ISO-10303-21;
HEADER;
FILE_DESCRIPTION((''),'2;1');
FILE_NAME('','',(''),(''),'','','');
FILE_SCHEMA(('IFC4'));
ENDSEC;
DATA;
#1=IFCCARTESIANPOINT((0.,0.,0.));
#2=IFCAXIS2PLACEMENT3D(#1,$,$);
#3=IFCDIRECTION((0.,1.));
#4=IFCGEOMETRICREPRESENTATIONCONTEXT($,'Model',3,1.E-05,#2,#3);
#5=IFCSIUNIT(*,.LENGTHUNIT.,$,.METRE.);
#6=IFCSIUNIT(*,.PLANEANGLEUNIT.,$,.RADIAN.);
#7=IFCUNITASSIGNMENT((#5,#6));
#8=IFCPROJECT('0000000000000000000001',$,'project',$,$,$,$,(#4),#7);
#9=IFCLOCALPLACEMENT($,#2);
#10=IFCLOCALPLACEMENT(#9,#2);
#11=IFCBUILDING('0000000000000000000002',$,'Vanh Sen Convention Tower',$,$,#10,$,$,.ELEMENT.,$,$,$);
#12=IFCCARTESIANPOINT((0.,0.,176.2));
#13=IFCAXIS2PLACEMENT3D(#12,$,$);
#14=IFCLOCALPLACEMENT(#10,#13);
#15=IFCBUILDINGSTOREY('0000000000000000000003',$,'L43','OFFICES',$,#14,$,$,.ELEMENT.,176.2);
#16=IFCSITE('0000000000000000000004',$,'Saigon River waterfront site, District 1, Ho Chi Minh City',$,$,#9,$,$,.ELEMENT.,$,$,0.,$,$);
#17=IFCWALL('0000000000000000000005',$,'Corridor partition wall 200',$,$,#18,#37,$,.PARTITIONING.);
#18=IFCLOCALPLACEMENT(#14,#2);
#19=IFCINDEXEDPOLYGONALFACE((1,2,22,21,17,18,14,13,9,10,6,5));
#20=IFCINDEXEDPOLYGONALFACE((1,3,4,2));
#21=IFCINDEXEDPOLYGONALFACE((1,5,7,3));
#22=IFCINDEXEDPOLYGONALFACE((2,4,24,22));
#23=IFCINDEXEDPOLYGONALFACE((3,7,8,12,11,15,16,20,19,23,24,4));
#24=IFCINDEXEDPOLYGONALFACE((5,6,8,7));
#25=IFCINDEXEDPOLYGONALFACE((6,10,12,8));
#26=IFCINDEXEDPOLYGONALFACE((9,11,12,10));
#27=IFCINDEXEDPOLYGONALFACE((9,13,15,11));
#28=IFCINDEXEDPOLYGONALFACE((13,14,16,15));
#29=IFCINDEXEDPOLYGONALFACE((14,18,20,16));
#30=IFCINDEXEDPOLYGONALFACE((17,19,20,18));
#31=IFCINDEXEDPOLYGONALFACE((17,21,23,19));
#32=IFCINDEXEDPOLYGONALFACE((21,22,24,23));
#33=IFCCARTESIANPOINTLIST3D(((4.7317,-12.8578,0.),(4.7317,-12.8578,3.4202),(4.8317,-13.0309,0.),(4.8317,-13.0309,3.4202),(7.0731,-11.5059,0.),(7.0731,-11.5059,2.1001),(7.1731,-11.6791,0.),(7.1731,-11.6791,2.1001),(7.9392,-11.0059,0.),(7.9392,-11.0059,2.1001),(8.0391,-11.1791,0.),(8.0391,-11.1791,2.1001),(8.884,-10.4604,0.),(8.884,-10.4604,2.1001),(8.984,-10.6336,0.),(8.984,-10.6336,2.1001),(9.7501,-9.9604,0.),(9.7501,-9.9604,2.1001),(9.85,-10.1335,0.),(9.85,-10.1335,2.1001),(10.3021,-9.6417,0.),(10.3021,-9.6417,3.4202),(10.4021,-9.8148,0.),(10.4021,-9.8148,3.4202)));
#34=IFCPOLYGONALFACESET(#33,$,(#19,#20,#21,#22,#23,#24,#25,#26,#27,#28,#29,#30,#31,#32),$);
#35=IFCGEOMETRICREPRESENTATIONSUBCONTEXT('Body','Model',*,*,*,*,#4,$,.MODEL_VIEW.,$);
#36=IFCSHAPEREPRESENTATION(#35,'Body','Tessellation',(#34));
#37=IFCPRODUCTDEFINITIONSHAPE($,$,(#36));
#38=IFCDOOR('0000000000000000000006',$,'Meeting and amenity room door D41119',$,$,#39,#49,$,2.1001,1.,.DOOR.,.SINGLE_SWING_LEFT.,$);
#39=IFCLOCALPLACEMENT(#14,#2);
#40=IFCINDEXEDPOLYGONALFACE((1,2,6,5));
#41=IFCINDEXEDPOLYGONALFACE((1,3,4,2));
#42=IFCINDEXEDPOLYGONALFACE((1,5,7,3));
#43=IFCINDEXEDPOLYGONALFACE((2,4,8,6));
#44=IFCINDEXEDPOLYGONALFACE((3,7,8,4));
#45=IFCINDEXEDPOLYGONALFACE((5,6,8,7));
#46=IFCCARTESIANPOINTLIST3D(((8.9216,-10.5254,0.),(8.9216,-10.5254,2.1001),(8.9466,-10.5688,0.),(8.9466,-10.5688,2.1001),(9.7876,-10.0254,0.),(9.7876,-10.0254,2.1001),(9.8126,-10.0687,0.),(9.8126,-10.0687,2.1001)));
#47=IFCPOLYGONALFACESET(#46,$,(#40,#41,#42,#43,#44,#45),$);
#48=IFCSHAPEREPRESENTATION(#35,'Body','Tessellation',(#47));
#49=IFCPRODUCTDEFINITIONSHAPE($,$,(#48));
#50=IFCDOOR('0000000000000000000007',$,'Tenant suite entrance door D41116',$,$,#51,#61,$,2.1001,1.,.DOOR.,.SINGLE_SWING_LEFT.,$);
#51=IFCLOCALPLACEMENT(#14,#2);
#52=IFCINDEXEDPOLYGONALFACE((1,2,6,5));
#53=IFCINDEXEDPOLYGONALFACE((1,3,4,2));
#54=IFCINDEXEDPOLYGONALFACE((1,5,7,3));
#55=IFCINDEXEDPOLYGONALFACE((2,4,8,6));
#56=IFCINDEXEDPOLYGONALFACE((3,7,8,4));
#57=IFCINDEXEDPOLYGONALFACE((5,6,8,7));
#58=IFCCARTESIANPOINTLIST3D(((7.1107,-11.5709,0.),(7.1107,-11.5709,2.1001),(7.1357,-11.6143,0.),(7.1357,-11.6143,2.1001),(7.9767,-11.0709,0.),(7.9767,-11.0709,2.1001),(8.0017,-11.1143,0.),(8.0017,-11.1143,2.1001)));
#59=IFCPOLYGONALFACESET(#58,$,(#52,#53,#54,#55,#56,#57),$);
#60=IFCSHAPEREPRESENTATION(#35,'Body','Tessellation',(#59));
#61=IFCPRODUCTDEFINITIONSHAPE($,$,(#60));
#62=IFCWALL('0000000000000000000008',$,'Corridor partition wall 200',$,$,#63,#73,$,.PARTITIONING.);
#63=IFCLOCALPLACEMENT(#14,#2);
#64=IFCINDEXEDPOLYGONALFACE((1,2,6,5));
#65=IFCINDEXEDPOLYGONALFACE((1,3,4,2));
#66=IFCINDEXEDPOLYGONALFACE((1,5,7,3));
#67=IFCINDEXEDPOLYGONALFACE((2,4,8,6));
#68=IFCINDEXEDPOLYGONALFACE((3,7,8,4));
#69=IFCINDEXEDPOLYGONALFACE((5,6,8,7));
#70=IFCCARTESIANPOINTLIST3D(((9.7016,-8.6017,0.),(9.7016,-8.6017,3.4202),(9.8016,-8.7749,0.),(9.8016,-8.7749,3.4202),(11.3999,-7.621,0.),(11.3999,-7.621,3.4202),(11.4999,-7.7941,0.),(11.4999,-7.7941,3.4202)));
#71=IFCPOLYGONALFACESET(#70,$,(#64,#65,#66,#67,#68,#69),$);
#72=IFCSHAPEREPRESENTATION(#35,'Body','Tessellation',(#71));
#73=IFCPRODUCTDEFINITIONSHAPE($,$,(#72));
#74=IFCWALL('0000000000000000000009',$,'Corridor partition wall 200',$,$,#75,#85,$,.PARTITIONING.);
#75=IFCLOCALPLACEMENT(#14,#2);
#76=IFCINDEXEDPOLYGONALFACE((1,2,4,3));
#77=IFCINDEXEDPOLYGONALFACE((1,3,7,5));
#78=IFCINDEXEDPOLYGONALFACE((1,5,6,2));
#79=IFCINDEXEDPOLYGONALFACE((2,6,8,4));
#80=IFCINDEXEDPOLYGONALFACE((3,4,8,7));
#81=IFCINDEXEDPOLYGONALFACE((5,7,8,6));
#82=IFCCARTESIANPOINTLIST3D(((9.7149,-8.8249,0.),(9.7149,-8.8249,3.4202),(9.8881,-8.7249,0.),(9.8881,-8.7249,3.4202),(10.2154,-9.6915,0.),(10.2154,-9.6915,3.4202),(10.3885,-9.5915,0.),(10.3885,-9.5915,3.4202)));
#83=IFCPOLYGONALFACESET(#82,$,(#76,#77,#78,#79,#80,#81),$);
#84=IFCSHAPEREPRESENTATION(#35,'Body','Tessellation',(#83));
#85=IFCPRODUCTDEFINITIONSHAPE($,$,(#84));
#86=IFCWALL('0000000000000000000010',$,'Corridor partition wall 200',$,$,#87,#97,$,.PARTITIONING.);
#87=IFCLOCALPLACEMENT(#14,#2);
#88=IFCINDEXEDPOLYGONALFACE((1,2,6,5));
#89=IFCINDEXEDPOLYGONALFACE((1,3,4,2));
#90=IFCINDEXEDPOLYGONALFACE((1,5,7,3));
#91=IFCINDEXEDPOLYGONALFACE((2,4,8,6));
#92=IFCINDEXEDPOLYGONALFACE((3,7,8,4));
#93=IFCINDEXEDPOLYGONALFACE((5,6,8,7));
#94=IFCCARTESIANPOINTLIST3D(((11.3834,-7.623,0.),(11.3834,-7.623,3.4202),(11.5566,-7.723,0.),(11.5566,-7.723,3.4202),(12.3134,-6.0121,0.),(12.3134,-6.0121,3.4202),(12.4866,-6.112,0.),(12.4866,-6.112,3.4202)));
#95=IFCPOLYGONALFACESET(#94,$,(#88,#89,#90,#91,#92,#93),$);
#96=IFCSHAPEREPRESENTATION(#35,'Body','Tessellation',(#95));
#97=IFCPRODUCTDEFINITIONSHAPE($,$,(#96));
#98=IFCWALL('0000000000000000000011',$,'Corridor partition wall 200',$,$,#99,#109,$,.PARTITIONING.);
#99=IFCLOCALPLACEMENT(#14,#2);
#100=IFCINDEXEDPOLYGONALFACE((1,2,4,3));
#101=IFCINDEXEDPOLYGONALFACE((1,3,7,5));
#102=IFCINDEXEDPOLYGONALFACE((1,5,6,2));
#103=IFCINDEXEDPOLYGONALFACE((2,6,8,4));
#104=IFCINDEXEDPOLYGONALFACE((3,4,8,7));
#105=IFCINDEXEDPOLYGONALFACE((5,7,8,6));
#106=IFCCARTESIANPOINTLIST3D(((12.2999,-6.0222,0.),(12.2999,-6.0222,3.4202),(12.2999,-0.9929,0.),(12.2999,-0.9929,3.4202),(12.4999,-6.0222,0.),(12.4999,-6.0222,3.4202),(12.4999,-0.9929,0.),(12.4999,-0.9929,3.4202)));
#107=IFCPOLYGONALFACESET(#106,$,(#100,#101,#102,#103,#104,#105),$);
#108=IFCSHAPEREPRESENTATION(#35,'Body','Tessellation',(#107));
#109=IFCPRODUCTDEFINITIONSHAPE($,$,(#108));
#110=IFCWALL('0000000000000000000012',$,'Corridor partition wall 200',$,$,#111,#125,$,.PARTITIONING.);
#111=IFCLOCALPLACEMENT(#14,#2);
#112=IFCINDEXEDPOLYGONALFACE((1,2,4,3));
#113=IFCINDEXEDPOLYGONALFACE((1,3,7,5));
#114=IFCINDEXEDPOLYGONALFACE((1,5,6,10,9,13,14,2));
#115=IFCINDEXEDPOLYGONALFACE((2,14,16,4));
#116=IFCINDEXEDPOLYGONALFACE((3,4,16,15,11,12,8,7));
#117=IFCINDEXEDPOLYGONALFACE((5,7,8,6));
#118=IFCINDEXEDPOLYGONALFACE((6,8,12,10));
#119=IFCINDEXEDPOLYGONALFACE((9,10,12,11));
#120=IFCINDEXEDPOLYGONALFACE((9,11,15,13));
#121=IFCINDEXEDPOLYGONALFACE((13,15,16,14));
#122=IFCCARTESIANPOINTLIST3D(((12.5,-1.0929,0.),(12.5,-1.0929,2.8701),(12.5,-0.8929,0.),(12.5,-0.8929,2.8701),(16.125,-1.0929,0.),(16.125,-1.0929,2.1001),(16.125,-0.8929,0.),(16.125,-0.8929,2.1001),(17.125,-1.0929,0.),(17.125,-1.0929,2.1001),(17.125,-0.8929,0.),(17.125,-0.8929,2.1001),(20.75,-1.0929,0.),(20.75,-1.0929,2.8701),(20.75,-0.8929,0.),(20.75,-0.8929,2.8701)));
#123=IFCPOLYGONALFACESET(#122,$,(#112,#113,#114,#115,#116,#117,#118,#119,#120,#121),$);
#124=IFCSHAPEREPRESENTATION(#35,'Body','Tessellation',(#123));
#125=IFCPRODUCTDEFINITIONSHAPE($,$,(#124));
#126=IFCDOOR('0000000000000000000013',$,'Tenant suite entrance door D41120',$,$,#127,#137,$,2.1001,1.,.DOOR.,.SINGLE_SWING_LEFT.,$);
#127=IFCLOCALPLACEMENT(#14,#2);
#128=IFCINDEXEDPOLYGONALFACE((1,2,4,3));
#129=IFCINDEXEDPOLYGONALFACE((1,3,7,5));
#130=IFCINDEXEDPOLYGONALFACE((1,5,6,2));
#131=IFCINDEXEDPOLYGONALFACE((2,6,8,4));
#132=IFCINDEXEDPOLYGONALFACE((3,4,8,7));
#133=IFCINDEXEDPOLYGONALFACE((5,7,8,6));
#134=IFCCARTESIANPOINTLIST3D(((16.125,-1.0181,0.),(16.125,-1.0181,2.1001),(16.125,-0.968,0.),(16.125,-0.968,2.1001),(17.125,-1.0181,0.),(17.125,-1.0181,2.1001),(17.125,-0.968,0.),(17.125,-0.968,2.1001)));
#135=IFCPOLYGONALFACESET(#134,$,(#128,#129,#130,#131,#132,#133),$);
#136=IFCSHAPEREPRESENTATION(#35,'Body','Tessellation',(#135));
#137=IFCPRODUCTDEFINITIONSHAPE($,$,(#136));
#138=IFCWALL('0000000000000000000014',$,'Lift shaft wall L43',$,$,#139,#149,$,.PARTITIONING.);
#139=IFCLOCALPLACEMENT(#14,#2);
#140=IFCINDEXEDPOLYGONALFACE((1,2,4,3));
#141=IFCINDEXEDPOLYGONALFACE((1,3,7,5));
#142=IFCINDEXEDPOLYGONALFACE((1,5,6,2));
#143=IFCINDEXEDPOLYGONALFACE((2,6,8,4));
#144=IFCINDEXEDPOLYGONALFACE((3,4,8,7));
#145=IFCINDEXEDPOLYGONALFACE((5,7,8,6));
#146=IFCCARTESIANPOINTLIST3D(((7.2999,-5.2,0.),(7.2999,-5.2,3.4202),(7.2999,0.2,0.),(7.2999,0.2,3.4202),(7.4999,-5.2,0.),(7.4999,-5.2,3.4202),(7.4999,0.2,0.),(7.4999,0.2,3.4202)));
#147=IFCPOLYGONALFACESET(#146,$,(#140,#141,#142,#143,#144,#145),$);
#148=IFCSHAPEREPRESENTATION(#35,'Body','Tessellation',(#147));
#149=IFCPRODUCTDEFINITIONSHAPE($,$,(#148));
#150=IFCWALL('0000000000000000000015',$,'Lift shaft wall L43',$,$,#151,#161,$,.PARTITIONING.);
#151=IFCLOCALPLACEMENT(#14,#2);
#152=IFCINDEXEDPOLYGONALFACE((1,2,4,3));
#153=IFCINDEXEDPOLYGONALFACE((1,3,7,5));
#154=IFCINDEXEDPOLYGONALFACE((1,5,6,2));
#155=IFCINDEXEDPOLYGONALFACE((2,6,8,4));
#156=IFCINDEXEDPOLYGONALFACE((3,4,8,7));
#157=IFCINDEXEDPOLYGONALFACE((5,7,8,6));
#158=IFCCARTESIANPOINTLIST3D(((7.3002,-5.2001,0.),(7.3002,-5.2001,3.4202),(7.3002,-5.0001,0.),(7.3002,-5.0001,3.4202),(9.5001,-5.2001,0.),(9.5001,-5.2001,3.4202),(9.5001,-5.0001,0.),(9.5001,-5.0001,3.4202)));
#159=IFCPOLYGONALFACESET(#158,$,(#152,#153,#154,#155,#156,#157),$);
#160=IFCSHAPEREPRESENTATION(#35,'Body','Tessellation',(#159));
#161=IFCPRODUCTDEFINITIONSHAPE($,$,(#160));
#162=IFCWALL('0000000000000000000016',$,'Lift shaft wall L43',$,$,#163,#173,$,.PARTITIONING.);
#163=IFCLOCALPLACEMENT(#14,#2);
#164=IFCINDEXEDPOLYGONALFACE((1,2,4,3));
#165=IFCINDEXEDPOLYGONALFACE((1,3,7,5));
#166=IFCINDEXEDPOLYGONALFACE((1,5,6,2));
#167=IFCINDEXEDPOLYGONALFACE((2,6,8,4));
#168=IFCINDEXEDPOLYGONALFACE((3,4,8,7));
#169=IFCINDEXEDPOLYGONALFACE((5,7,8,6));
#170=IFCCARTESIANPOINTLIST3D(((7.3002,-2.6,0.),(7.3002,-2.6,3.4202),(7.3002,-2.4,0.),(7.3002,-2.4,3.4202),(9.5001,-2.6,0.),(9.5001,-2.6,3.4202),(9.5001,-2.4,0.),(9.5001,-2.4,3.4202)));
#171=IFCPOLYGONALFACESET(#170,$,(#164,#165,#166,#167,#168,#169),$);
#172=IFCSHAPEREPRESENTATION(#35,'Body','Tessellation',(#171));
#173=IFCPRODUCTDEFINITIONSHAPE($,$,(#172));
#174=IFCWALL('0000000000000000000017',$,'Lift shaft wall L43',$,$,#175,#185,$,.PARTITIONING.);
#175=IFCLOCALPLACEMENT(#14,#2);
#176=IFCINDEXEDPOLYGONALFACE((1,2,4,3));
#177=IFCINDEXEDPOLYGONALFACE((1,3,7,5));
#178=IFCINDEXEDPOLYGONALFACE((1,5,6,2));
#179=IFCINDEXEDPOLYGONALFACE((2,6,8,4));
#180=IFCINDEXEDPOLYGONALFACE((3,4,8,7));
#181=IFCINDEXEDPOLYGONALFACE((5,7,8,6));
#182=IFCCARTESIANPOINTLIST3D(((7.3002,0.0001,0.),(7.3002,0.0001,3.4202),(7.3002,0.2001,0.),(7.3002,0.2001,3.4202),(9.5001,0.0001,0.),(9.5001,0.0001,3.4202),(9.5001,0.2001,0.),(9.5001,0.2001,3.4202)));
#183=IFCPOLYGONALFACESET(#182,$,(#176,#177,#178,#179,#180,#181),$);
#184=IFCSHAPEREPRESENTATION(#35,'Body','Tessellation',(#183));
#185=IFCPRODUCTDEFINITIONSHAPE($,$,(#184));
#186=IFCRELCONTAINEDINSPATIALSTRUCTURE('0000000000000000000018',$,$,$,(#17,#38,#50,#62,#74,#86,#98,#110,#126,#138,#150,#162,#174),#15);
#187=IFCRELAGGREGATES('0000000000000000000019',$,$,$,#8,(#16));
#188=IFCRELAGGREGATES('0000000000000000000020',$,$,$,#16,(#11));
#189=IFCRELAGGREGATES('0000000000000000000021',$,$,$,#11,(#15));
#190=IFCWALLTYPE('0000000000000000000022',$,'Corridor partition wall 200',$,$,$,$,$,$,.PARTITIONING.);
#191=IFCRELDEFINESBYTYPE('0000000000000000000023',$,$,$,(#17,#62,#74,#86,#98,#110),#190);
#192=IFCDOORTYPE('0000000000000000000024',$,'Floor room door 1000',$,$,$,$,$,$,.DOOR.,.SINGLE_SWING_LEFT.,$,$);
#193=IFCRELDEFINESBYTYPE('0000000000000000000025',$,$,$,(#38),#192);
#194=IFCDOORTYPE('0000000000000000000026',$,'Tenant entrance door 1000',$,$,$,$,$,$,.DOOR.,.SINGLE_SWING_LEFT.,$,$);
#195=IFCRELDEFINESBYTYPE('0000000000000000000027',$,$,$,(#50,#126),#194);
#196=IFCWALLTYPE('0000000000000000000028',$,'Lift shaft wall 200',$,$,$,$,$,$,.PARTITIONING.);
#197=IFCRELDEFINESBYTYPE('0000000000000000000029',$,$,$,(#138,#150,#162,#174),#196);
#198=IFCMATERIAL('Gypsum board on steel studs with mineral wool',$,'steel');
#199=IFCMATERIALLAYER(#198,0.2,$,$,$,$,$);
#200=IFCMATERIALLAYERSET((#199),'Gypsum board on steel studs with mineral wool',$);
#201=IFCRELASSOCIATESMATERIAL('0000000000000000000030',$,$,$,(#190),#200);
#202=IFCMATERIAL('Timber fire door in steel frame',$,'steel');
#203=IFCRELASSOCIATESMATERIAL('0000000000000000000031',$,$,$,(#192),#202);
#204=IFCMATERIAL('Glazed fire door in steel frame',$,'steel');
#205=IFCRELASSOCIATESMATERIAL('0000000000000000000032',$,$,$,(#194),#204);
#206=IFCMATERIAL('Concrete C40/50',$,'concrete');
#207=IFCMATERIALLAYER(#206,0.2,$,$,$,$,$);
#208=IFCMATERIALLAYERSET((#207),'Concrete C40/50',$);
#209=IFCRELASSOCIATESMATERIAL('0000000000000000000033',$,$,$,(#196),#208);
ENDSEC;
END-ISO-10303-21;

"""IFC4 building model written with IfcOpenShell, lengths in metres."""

from ifc_helpers import new_model, si_unit, direction, frame, frame_2d, origin, place, context, subcontext, project, spatial, rectangle, extrude, material, layer, layer_set, type_object, element, fill, save


model = new_model("IFC4")

# Units and contexts
model_context = context("Model", 3, precision=1e-05, world=origin(), true_north=direction((0.0, 1.0)))
body_context = subcontext(model_context, "Body", "Model", "MODEL_VIEW")
ifc_project = project(units=[si_unit("LENGTHUNIT", "METRE"), si_unit("PLANEANGLEUNIT", "RADIAN")], contexts=[model_context])

# Site, building, storey
site_placement = place(None, origin())
site = spatial("IfcSite", under=ifc_project, at=site_placement, Name="Saigon River waterfront site, District 1, Ho Chi Minh City", CompositionType="ELEMENT", RefElevation=0.0)
building_placement = place(site_placement, origin())
building = spatial("IfcBuilding", under=site, at=building_placement, Name="Vanh Sen Convention Tower", CompositionType="ELEMENT")
storey_placement = place(building_placement, frame((0.0, 0.0, 176.2)))
storey = spatial("IfcBuildingStorey", under=building, at=storey_placement, Name="L43", Description="OFFICES", CompositionType="ELEMENT", Elevation=176.2)

# Shared definitions
ifc_material_1 = material(Name="Concrete C40/50", Category="concrete")

# Wall, openings, doors
ifc_material_2 = material(Name="Gypsum board on steel studs with mineral wool", Category="steel")
ifc_layer_1 = layer(ifc_material_2, 0.2)
ifc_layer_set_1 = layer_set([ifc_layer_1], Name="Gypsum board on steel studs with mineral wool")
wall_type_1 = type_object("IfcWallType", Name="Corridor partition wall 200", PredefinedType="PARTITIONING", material=ifc_layer_set_1)
wall_1_placement = place(storey_placement, frame((4.7817, -12.9443, 0.0), z_axis=(0.0, 0.0, 1.0), x_axis=(0.866023, 0.500005, 0.0)))
wall_1 = element("IfcWall", 1, at=wall_1_placement, inside=storey, type_object=wall_type_1, Name="Corridor partition wall 200", PredefinedType="PARTITIONING", context=body_context, shape_type="SweptSolid", body=[
    extrude(rectangle(XDim=6.4321, YDim=0.2, at=frame_2d((3.2161, 0.0))), origin(), (0.0, 0.0, 1.0), 3.4202),
])
opening_1_placement = place(wall_1_placement, frame((2.7036, 0.0, 0.0)))
opening_1 = element("IfcOpeningElement", 2, at=opening_1_placement, cuts=wall_1, PredefinedType="OPENING", context=body_context, shape_type="SweptSolid", body=[
    extrude(rectangle(XDim=1.0, YDim=2.1001, at=frame_2d((0.5, 1.05))), frame((0.0, 0.1099, 0.0), z_axis=(0.0, -1.0, 0.0), x_axis=(1.0, 0.0, 0.0)), (0.0, 0.0, 1.0), 0.22),
])
opening_2_placement = place(wall_1_placement, frame((4.7947, 0.0, 0.0)))
opening_2 = element("IfcOpeningElement", 3, at=opening_2_placement, cuts=wall_1, PredefinedType="OPENING", context=body_context, shape_type="SweptSolid", body=[
    extrude(rectangle(XDim=1.0, YDim=2.1001, at=frame_2d((0.5, 1.05))), frame((0.0, 0.1099, 0.0), z_axis=(0.0, -1.0, 0.0), x_axis=(1.0, 0.0, 0.0)), (0.0, 0.0, 1.0), 0.22),
])
ifc_material_3 = material(Name="Timber fire door in steel frame", Category="steel")
door_type_1 = type_object("IfcDoorType", Name="Floor room door 1000", OperationType="SINGLE_SWING_LEFT", PredefinedType="DOOR", material=ifc_material_3)
door_1_placement = place(opening_2_placement, origin())
door_1 = element("IfcDoor", 4, at=door_1_placement, inside=storey, type_object=door_type_1, Name="Meeting and amenity room door D41119", OperationType="SINGLE_SWING_LEFT", OverallHeight=2.1001, OverallWidth=1.0, PredefinedType="DOOR", context=body_context, shape_type="SweptSolid", body=[
    extrude(rectangle(XDim=1.0, YDim=2.1001, at=frame_2d((0.5, 1.05))), frame((0.0, 0.0249, 0.0), z_axis=(0.0, -1.0, 0.0), x_axis=(1.0, 0.0, 0.0)), (0.0, 0.0, 1.0), 0.05),
])
fill(opening_2, door_1)
ifc_material_4 = material(Name="Glazed fire door in steel frame", Category="steel")
door_type_2 = type_object("IfcDoorType", Name="Tenant entrance door 1000", OperationType="SINGLE_SWING_LEFT", PredefinedType="DOOR", material=ifc_material_4)
door_2_placement = place(opening_1_placement, origin())
door_2 = element("IfcDoor", 5, at=door_2_placement, inside=storey, type_object=door_type_2, Name="Tenant suite entrance door D41116", OperationType="SINGLE_SWING_LEFT", OverallHeight=2.1001, OverallWidth=1.0, PredefinedType="DOOR", context=body_context, shape_type="SweptSolid", body=[
    extrude(rectangle(XDim=1.0, YDim=2.1001, at=frame_2d((0.5, 1.05))), frame((0.0, 0.0249, 0.0), z_axis=(0.0, -1.0, 0.0), x_axis=(1.0, 0.0, 0.0)), (0.0, 0.0, 1.0), 0.05),
])
fill(opening_1, door_2)

# Walls
wall_2_placement = place(storey_placement, frame((9.7517, -8.6882, 0.0), z_axis=(0.0, 0.0, 1.0), x_axis=(0.865974, 0.500089, 0.0)))
element("IfcWall", 6, at=wall_2_placement, inside=storey, type_object=wall_type_1, Name="Corridor partition wall 200", PredefinedType="PARTITIONING", context=body_context, shape_type="SweptSolid", body=[
    extrude(rectangle(XDim=1.9612, YDim=0.2, at=frame_2d((0.9805, 0.0))), origin(), (0.0, 0.0, 1.0), 3.4202),
])
wall_3_placement = place(storey_placement, frame((10.302, -9.6416, 0.0), z_axis=(0.0, 0.0, 1.0), x_axis=(-0.500074, 0.865982, 0.0)))
element("IfcWall", 7, at=wall_3_placement, inside=storey, type_object=wall_type_1, Name="Corridor partition wall 200", PredefinedType="PARTITIONING", context=body_context, shape_type="SweptSolid", body=[
    extrude(rectangle(XDim=1.0007, YDim=0.2, at=frame_2d((0.5005, 0.0))), origin(), (0.0, 0.0, 1.0), 3.4202),
])
wall_4_placement = place(storey_placement, frame((11.47, -7.6731, 0.0), z_axis=(0.0, 0.0, 1.0), x_axis=(0.499965, 0.866046, 0.0)))
element("IfcWall", 8, at=wall_4_placement, inside=storey, type_object=wall_type_1, Name="Corridor partition wall 200", PredefinedType="PARTITIONING", context=body_context, shape_type="SweptSolid", body=[
    extrude(rectangle(XDim=1.8601, YDim=0.2, at=frame_2d((0.9302, 0.0))), origin(), (0.0, 0.0, 1.0), 3.4202),
])
wall_5_placement = place(storey_placement, frame((12.3999, -6.0222, 0.0), z_axis=(0.0, 0.0, 1.0), x_axis=(0.0, 1.0, 0.0)))
element("IfcWall", 9, at=wall_5_placement, inside=storey, type_object=wall_type_1, Name="Corridor partition wall 200", PredefinedType="PARTITIONING", context=body_context, shape_type="SweptSolid", body=[
    extrude(rectangle(XDim=5.0293, YDim=0.2, at=frame_2d((2.5146, 0.0))), origin(), (0.0, 0.0, 1.0), 3.4202),
])

# Wall, opening, door
wall_6_placement = place(storey_placement, frame((12.5, -0.9929, 0.0), z_axis=(0.0, 0.0, 1.0), x_axis=(1.0, 0.0, 0.0)))
wall_6 = element("IfcWall", 10, at=wall_6_placement, inside=storey, type_object=wall_type_1, Name="Corridor partition wall 200", PredefinedType="PARTITIONING", context=body_context, shape_type="SweptSolid", body=[
    extrude(rectangle(XDim=8.25, YDim=0.2, at=frame_2d((4.125, 0.0))), origin(), (0.0, 0.0, 1.0), 2.8701),
])
opening_3_placement = place(wall_6_placement, frame((3.625, 0.0, 0.0)))
opening_3 = element("IfcOpeningElement", 11, at=opening_3_placement, cuts=wall_6, PredefinedType="OPENING", context=body_context, shape_type="SweptSolid", body=[
    extrude(rectangle(XDim=1.0, YDim=2.1001, at=frame_2d((0.5, 1.05))), frame((0.0, 0.1099, 0.0), z_axis=(0.0, -1.0, 0.0), x_axis=(1.0, 0.0, 0.0)), (0.0, 0.0, 1.0), 0.22),
])
door_3_placement = place(opening_3_placement, origin())
door_3 = element("IfcDoor", 12, at=door_3_placement, inside=storey, type_object=door_type_2, Name="Tenant suite entrance door D41120", OperationType="SINGLE_SWING_LEFT", OverallHeight=2.1001, OverallWidth=1.0, PredefinedType="DOOR", context=body_context, shape_type="SweptSolid", body=[
    extrude(rectangle(XDim=1.0, YDim=2.1001, at=frame_2d((0.5, 1.05))), frame((0.0, 0.0249, 0.0), z_axis=(0.0, -1.0, 0.0), x_axis=(1.0, 0.0, 0.0)), (0.0, 0.0, 1.0), 0.05),
])
fill(opening_3, door_3)

# Walls
ifc_layer_2 = layer(ifc_material_1, 0.2)
ifc_layer_set_2 = layer_set([ifc_layer_2], Name="Concrete C40/50")
wall_type_2 = type_object("IfcWallType", Name="Lift shaft wall 200", PredefinedType="PARTITIONING", material=ifc_layer_set_2)
wall_7_placement = place(storey_placement, frame((7.3999, -5.2, 0.0), z_axis=(0.0, 0.0, 1.0), x_axis=(0.0, 1.0, 0.0)))
element("IfcWall", 13, at=wall_7_placement, inside=storey, type_object=wall_type_2, Name="Lift shaft wall L43", PredefinedType="PARTITIONING", context=body_context, shape_type="SweptSolid", body=[
    extrude(rectangle(XDim=5.3999, YDim=0.2, at=frame_2d((2.7, 0.0))), origin(), (0.0, 0.0, 1.0), 3.4202),
])
for number, where, z_axis, x_axis, name in (
    (14, (7.3, -5.1001, 0.0), (0.0, 0.0, 1.0), (1.0, 0.0, 0.0), "Lift shaft wall L43"),
    (15, (7.3, -2.5, 0.0), (0.0, 0.0, 1.0), (1.0, 0.0, 0.0), "Lift shaft wall L43"),
    (16, (7.3, 0.1001, 0.0), (0.0, 0.0, 1.0), (1.0, 0.0, 0.0), "Lift shaft wall L43"),
):
    element("IfcWall", number, at=place(storey_placement, frame(where, z_axis=z_axis, x_axis=x_axis)), inside=storey, type_object=wall_type_2, Name=name, PredefinedType="PARTITIONING", context=body_context, shape_type="SweptSolid", body=[
        extrude(rectangle(XDim=2.2, YDim=0.2, at=frame_2d((1.1001, 0.0))), origin(), (0.0, 0.0, 1.0), 3.4202),
    ])

save(model, "model.ifc")
